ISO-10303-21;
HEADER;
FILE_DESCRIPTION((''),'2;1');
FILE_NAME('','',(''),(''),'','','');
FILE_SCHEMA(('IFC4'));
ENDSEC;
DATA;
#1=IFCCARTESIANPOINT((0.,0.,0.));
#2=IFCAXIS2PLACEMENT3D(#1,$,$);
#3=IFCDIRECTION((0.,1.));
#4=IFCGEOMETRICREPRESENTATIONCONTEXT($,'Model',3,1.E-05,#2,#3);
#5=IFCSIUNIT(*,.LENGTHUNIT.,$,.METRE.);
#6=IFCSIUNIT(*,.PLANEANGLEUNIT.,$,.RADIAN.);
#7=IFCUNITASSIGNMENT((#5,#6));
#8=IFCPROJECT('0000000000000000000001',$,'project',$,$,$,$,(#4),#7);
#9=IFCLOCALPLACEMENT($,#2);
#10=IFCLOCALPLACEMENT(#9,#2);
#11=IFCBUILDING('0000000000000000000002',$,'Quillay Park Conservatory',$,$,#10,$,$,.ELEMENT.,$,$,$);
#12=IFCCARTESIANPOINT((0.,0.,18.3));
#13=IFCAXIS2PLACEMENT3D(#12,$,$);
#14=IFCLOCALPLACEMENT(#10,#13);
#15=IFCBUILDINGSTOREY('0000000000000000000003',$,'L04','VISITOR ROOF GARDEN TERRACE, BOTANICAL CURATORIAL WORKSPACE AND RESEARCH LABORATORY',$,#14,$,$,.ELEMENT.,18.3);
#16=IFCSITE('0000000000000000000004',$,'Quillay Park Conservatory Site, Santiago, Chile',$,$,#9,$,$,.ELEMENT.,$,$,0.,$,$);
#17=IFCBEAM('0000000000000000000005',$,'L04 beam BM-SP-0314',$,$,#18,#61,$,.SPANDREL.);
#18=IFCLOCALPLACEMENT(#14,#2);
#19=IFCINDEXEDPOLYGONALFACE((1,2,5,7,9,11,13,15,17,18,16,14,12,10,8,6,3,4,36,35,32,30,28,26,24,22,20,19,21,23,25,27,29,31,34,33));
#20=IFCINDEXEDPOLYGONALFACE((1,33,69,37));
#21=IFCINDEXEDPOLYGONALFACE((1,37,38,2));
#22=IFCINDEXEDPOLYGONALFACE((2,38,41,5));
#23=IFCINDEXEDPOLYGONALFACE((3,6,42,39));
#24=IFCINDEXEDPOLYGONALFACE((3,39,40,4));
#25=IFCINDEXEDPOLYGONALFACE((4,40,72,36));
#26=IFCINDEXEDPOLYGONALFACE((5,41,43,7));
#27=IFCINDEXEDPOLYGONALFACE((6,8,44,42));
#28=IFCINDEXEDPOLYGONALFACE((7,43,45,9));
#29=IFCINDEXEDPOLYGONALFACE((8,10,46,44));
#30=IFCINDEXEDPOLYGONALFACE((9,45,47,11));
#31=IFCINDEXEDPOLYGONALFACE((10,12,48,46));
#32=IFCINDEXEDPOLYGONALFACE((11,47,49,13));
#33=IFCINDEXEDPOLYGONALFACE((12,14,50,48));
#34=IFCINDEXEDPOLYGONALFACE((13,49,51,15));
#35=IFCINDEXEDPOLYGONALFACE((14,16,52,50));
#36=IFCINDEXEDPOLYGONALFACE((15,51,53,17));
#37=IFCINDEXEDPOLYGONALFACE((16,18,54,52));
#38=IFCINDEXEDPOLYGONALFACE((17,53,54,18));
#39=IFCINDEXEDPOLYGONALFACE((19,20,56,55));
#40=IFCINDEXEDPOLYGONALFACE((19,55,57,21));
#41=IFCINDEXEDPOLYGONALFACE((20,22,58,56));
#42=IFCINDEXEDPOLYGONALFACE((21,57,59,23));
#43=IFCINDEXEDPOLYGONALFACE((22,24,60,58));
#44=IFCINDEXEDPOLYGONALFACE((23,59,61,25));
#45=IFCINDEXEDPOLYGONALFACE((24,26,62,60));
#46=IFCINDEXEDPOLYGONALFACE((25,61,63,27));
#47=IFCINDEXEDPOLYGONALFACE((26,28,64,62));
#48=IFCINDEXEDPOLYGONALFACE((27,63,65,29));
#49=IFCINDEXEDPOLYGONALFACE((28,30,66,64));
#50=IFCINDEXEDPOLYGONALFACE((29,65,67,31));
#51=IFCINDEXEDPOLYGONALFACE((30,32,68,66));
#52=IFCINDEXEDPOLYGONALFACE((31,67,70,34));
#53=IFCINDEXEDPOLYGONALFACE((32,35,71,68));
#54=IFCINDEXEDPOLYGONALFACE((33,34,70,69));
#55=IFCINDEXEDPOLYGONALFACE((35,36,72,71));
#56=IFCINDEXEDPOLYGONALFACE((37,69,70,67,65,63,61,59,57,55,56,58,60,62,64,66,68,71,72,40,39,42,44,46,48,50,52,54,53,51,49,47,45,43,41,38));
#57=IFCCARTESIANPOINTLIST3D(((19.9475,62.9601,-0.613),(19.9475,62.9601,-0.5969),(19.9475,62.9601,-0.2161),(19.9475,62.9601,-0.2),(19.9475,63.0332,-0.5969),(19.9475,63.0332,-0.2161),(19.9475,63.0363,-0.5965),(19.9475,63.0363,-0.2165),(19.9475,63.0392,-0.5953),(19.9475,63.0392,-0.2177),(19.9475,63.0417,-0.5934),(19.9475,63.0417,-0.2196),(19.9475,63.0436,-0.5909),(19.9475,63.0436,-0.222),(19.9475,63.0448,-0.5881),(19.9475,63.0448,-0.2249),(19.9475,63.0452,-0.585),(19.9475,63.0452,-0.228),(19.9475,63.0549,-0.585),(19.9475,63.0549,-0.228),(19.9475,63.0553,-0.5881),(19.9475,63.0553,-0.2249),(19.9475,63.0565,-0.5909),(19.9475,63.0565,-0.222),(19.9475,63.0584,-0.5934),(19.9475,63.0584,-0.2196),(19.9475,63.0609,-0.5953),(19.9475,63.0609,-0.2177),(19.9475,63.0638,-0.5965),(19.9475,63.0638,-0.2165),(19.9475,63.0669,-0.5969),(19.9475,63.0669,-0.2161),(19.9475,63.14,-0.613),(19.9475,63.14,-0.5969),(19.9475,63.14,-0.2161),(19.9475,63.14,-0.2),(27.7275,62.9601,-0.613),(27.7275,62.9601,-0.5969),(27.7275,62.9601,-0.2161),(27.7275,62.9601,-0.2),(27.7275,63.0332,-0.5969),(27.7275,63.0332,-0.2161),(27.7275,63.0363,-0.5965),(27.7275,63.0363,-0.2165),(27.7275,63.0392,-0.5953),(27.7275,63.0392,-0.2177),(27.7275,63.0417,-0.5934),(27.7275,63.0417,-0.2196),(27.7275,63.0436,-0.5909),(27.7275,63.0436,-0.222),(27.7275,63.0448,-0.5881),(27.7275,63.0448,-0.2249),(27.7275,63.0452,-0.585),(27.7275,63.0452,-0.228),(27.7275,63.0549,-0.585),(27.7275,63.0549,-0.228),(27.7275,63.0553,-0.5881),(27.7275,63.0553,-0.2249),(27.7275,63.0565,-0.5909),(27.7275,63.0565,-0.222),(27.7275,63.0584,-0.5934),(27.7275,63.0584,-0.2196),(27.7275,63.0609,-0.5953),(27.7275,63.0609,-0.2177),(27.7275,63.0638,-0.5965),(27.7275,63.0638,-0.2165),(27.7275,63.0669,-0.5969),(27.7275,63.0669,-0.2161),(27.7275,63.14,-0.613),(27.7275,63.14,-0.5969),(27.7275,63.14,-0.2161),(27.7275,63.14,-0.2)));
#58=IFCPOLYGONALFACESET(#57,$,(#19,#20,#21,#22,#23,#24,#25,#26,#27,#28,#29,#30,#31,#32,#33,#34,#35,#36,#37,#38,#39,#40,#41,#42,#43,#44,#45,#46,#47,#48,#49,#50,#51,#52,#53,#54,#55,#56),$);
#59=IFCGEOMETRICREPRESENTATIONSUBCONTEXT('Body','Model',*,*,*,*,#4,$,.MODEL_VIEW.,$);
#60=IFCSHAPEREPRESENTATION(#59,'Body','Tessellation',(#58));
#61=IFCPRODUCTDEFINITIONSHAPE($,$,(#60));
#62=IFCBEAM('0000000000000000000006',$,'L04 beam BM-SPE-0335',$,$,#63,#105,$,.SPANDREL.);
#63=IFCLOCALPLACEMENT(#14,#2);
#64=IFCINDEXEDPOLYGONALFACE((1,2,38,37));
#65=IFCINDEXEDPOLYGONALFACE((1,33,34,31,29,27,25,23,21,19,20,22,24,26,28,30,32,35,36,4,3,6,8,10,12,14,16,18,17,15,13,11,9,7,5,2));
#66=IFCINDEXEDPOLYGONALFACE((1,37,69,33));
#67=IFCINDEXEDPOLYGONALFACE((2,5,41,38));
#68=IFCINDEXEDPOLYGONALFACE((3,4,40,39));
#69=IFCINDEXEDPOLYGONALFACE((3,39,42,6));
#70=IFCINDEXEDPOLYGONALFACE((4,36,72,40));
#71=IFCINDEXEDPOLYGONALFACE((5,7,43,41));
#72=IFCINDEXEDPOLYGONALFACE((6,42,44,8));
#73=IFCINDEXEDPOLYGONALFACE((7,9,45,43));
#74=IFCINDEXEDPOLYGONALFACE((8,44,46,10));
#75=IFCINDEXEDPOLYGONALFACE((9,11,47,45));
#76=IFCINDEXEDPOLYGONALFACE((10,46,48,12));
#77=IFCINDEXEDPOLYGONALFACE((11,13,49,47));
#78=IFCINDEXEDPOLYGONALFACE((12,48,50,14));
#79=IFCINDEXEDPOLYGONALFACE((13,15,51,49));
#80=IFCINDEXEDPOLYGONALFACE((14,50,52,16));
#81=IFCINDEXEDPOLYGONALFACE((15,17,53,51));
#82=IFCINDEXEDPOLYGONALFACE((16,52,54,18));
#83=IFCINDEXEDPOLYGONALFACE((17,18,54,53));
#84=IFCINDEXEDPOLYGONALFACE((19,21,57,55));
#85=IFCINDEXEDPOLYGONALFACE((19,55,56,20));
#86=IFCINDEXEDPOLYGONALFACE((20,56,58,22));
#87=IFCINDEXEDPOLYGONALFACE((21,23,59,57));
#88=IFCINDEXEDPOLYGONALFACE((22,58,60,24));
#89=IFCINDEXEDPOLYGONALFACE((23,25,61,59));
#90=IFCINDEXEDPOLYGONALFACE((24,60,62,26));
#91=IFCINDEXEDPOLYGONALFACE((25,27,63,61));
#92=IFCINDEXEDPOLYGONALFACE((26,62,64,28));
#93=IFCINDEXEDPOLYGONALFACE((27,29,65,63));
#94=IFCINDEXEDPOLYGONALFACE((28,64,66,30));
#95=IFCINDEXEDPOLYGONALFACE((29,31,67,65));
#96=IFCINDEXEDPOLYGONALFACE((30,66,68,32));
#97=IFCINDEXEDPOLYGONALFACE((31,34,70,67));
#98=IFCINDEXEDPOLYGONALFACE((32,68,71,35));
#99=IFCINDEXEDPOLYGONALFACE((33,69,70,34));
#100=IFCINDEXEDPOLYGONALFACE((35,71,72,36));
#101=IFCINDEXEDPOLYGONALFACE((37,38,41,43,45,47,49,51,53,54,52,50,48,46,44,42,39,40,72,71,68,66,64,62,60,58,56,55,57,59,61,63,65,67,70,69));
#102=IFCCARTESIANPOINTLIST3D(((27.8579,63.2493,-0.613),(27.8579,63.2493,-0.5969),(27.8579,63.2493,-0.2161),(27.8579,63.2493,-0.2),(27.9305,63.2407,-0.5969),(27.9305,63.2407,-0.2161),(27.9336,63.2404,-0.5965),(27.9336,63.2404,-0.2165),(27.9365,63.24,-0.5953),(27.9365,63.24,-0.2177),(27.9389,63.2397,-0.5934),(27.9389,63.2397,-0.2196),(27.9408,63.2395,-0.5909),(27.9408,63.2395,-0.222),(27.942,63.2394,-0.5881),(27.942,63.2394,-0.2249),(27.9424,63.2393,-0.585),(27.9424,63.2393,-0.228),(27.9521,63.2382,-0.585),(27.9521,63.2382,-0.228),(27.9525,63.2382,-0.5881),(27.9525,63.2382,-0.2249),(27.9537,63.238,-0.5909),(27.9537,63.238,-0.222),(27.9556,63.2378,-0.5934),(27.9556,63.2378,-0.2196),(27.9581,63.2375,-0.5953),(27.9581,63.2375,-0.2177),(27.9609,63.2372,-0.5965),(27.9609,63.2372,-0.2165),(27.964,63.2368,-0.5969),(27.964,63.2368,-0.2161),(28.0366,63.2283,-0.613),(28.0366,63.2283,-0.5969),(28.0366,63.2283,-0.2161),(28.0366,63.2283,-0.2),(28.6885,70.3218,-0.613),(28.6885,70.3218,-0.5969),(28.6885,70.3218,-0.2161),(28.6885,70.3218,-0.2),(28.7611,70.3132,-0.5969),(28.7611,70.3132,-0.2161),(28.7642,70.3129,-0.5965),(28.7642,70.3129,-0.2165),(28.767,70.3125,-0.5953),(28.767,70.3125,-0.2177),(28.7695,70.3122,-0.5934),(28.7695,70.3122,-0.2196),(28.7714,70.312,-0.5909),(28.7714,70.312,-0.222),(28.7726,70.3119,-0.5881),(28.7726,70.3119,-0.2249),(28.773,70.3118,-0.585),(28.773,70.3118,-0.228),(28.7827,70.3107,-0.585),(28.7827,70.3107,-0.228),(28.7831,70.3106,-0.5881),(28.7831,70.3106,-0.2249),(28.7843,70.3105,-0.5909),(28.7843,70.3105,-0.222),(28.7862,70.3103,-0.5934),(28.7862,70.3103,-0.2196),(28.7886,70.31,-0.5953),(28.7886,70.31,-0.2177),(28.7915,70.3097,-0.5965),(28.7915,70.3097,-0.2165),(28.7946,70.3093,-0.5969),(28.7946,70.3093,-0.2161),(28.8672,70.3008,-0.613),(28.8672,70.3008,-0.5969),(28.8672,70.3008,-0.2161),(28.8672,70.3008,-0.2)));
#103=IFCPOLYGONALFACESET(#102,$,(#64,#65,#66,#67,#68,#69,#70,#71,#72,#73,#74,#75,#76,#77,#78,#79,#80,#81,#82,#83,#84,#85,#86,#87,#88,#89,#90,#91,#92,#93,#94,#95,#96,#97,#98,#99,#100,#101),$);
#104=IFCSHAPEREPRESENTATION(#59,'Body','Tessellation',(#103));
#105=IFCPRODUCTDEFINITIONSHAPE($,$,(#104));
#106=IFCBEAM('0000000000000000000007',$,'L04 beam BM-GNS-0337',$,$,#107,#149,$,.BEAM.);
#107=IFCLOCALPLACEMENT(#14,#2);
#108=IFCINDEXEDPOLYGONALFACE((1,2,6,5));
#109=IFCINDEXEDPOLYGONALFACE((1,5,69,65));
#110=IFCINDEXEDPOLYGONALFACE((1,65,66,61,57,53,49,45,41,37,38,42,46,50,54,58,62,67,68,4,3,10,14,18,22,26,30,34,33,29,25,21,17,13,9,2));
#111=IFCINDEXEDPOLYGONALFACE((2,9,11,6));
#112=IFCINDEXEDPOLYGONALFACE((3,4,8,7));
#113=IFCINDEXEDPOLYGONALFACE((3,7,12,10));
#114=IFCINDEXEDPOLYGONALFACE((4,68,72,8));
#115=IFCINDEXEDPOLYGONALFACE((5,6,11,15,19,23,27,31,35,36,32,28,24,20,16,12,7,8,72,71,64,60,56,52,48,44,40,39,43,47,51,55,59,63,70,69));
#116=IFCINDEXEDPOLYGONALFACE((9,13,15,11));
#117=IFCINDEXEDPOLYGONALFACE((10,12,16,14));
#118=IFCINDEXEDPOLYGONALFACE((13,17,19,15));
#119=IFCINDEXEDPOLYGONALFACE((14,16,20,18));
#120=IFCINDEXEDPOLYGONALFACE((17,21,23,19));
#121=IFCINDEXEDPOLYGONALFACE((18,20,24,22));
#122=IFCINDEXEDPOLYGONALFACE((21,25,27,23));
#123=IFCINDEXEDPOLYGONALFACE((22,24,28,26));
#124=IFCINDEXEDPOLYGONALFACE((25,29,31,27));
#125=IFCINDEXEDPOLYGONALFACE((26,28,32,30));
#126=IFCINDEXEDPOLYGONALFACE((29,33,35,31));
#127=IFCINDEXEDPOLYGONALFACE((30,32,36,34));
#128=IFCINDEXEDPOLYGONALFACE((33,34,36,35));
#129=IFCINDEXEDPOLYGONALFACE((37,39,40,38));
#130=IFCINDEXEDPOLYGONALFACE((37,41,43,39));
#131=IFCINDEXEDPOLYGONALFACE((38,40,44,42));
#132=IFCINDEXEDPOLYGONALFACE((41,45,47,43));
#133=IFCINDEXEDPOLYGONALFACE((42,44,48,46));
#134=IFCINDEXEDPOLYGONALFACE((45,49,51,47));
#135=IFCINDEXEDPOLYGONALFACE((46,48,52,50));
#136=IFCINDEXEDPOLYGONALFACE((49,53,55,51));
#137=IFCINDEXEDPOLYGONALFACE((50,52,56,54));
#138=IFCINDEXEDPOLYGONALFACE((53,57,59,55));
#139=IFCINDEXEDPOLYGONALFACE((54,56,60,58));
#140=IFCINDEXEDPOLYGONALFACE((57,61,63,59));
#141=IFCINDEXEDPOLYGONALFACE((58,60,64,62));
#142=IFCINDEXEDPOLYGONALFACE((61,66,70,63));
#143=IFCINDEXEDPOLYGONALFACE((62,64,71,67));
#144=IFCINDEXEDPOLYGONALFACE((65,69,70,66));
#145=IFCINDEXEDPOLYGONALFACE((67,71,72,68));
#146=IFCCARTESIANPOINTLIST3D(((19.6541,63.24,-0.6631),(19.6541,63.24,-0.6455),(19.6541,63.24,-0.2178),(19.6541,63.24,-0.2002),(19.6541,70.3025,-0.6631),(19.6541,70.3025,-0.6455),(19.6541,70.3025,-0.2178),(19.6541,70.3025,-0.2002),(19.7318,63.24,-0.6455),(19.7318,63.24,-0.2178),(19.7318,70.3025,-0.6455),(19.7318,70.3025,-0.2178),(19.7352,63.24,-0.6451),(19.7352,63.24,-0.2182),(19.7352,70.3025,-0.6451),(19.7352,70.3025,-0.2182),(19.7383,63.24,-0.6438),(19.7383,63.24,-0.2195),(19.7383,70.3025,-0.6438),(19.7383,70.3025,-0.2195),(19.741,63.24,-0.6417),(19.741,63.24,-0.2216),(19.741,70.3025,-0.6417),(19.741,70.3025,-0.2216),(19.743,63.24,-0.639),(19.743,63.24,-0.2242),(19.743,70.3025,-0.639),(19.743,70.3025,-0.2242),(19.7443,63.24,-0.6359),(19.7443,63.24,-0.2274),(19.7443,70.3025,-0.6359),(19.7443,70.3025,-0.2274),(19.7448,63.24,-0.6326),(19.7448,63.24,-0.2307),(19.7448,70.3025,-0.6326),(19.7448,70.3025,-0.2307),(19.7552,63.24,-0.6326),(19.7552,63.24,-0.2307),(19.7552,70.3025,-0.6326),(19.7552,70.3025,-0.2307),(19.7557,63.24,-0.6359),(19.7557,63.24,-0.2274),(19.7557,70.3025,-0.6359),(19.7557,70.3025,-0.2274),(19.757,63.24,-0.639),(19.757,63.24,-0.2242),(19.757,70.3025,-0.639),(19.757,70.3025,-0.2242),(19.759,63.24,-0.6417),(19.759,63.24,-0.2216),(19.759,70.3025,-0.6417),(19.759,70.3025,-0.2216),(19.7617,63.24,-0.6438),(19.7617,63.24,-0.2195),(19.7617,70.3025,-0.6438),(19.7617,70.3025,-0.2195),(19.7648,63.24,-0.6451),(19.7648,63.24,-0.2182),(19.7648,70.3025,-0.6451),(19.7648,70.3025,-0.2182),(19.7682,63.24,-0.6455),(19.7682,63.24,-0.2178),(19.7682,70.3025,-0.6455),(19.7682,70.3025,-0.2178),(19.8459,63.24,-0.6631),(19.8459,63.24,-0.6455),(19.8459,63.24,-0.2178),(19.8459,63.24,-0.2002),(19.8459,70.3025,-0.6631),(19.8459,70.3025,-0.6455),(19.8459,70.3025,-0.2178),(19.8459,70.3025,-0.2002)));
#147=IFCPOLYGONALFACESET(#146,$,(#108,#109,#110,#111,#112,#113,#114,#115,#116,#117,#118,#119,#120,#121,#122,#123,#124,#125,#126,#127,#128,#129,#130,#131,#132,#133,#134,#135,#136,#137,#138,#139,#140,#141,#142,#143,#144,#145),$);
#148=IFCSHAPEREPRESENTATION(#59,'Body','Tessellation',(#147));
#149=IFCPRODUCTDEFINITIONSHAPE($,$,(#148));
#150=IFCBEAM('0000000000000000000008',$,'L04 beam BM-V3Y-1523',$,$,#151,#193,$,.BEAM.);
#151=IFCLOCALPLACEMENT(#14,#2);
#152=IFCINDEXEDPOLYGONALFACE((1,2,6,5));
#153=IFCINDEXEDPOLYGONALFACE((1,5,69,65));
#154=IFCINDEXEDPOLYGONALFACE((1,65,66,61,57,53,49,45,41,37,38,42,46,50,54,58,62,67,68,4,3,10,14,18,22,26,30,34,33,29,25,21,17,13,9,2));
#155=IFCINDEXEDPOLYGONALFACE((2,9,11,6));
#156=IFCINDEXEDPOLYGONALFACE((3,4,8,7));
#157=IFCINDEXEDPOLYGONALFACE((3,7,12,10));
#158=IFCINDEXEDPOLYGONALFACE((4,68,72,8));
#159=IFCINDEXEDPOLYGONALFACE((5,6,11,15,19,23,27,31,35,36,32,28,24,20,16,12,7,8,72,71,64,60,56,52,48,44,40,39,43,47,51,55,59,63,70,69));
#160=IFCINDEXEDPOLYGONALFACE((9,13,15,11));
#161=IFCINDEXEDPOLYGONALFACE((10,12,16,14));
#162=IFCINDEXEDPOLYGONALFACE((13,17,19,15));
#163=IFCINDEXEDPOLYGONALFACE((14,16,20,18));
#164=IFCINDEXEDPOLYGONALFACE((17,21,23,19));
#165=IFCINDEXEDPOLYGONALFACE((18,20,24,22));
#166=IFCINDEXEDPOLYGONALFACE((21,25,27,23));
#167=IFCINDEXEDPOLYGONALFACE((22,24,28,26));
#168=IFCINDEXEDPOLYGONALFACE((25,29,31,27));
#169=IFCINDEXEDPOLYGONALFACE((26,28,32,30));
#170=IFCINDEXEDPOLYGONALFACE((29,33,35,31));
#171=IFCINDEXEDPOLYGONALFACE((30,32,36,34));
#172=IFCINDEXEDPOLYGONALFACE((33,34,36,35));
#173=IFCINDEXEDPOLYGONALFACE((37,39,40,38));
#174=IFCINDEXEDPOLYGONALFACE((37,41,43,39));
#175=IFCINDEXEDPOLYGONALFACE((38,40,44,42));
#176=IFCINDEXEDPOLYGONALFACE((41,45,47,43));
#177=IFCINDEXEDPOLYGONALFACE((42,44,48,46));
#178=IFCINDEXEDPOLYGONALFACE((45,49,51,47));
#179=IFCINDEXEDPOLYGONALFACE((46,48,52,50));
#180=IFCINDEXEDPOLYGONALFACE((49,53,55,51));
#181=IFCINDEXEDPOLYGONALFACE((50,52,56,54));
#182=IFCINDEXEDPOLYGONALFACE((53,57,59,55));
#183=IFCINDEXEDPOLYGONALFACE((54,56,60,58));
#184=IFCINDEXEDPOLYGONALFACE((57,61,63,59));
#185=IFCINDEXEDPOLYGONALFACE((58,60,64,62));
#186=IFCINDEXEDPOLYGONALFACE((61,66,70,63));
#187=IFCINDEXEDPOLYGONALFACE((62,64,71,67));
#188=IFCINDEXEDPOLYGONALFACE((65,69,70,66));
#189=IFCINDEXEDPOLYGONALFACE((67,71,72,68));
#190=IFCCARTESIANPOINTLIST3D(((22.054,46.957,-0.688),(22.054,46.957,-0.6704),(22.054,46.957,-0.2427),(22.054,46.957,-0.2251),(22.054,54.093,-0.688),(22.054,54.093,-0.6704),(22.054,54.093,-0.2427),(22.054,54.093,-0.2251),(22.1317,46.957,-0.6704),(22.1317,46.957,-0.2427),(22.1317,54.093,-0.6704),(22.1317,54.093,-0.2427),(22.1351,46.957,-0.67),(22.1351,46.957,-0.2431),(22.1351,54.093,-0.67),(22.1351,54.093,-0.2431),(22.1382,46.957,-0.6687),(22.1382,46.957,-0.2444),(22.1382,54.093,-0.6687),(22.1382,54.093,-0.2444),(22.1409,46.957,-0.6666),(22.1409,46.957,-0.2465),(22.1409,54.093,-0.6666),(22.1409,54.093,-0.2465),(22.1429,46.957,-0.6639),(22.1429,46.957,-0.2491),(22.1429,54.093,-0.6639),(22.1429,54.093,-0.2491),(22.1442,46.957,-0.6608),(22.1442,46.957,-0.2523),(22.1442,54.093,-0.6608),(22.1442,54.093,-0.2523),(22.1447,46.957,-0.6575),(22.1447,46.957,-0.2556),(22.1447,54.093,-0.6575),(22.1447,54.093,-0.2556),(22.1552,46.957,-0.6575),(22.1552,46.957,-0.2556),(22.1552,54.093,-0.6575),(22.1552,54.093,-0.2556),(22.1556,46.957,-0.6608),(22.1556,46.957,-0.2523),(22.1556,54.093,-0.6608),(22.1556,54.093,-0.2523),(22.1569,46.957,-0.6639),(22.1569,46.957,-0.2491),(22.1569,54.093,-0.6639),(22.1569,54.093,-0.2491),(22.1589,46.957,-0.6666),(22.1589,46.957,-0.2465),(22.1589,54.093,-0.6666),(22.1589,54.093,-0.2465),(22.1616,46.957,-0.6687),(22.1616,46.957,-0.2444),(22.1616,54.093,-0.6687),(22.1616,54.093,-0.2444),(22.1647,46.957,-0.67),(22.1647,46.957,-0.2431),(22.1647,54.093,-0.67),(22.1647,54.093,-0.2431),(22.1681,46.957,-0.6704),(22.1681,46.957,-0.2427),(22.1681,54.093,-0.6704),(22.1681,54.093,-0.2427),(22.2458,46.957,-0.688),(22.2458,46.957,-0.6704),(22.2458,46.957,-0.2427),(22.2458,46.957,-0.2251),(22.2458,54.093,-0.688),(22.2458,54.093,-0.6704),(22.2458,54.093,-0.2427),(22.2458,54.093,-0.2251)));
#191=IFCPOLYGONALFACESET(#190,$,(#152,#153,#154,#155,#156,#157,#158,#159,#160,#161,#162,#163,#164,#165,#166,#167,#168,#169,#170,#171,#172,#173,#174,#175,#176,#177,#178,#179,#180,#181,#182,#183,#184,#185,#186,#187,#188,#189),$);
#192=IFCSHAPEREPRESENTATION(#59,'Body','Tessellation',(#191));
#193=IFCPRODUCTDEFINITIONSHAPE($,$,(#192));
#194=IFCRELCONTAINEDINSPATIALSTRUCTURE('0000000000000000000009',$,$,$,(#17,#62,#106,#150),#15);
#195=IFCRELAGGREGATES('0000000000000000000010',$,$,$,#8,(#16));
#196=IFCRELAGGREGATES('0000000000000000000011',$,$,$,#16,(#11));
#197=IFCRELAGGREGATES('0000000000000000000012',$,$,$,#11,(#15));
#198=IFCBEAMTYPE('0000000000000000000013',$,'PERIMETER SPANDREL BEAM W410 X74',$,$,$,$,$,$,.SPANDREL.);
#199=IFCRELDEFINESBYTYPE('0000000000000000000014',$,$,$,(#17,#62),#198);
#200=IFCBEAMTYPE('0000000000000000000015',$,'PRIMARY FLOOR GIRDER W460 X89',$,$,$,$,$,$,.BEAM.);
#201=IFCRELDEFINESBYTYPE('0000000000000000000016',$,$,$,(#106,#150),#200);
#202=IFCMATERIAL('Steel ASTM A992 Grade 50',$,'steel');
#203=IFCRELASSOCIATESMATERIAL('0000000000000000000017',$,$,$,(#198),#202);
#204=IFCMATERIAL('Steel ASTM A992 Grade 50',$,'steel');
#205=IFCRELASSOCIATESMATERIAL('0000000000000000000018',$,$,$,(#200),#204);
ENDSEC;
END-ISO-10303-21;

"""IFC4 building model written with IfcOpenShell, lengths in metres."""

from ifc_helpers import new_model, si_unit, direction, frame, origin, origin_2d, place, context, subcontext, project, spatial, i_section, extrude, material, material_profile, profile_set, type_object, element, save


model = new_model("IFC4")

# Units and contexts
model_context = context("Model", 3, precision=1e-05, world=origin(), true_north=direction((0.0, 1.0)))
body_context = subcontext(model_context, "Body", "Model", "MODEL_VIEW")
ifc_project = project(units=[si_unit("LENGTHUNIT", "METRE"), si_unit("PLANEANGLEUNIT", "RADIAN")], contexts=[model_context])

# Site, building, storey
site_placement = place(None, origin())
site = spatial("IfcSite", under=ifc_project, at=site_placement, Name="Quillay Park Conservatory Site, Santiago, Chile", CompositionType="ELEMENT", RefElevation=0.0)
building_placement = place(site_placement, origin())
building = spatial("IfcBuilding", under=site, at=building_placement, Name="Quillay Park Conservatory", CompositionType="ELEMENT")
storey_placement = place(building_placement, frame((0.0, 0.0, 18.3)))
storey = spatial("IfcBuildingStorey", under=building, at=storey_placement, Name="L04", Description="VISITOR ROOF GARDEN TERRACE, BOTANICAL CURATORIAL WORKSPACE AND RESEARCH LABORATORY", CompositionType="ELEMENT", Elevation=18.3)

# Beams
ifc_material_1 = material(Name="Steel ASTM A992 Grade 50", Category="steel")
ifc_material_profile_1 = material_profile(ifc_material_1, i_section(OverallWidth=0.1799, OverallDepth=0.4131, WebThickness=0.0098, FlangeThickness=0.0161, FilletRadius=0.012, at=origin_2d()), Name="W410x74")
ifc_profile_set_1 = profile_set([ifc_material_profile_1], Name="Steel ASTM A992 Grade 50")
beam_type_1 = type_object("IfcBeamType", Name="PERIMETER SPANDREL BEAM W410 X74", PredefinedType="SPANDREL", material=ifc_profile_set_1)
beam_1_placement = place(storey_placement, frame((19.9475, 63.05, -0.4065), z_axis=(1.0, 0.0, 0.0), x_axis=(0.0, 1.0, 0.0)))
element("IfcBeam", 1, at=beam_1_placement, inside=storey, type_object=beam_type_1, Name="L04 beam BM-SP-0314", PredefinedType="SPANDREL", context=body_context, shape_type="SweptSolid", body=[
    extrude(i_section(OverallWidth=0.1799, OverallDepth=0.4131, WebThickness=0.0098, FlangeThickness=0.0161, FilletRadius=0.012, at=origin_2d()), origin(), (0.0, 0.0, 1.0), 7.78),
])
beam_2_placement = place(storey_placement, frame((27.9473, 63.2388, -0.4065), z_axis=(0.116634, 0.993175, 0.0), x_axis=(-0.993175, 0.116634, 0.0)))
element("IfcBeam", 2, at=beam_2_placement, inside=storey, type_object=beam_type_1, Name="L04 beam BM-SPE-0335", PredefinedType="SPANDREL", context=body_context, shape_type="SweptSolid", body=[
    extrude(i_section(OverallWidth=0.1799, OverallDepth=0.4131, WebThickness=0.0098, FlangeThickness=0.0161, FilletRadius=0.012, at=origin_2d()), origin(), (0.0, 0.0, 1.0), 7.1211),
])
ifc_material_2 = material(Name="Steel ASTM A992 Grade 50", Category="steel")
ifc_material_profile_2 = material_profile(ifc_material_2, i_section(OverallWidth=0.1919, OverallDepth=0.4629, WebThickness=0.0105, FlangeThickness=0.0176, FilletRadius=0.0129, at=origin_2d()), Name="W460x89")
ifc_profile_set_2 = profile_set([ifc_material_profile_2], Name="Steel ASTM A992 Grade 50")
beam_type_2 = type_object("IfcBeamType", Name="PRIMARY FLOOR GIRDER W460 X89", PredefinedType="BEAM", material=ifc_profile_set_2)
beam_3_placement = place(storey_placement, frame((19.75, 63.24, -0.4316), z_axis=(0.0, 1.0, 0.0), x_axis=(-1.0, 0.0, 0.0)))
element("IfcBeam", 3, at=beam_3_placement, inside=storey, type_object=beam_type_2, Name="L04 beam BM-GNS-0337", PredefinedType="BEAM", context=body_context, shape_type="SweptSolid", body=[
    extrude(i_section(OverallWidth=0.1919, OverallDepth=0.4629, WebThickness=0.0105, FlangeThickness=0.0176, FilletRadius=0.0129, at=origin_2d()), origin(), (0.0, 0.0, 1.0), 7.0625),
])
beam_4_placement = place(storey_placement, frame((22.1499, 46.957, -0.4565), z_axis=(0.0, 1.0, 0.0), x_axis=(-1.0, 0.0, 0.0)))
element("IfcBeam", 4, at=beam_4_placement, inside=storey, type_object=beam_type_2, Name="L04 beam BM-V3Y-1523", PredefinedType="BEAM", context=body_context, shape_type="SweptSolid", body=[
    extrude(i_section(OverallWidth=0.1919, OverallDepth=0.4629, WebThickness=0.0105, FlangeThickness=0.0176, FilletRadius=0.0129, at=origin_2d()), origin(), (0.0, 0.0, 1.0), 7.136),
])

save(model, "model.ifc")
